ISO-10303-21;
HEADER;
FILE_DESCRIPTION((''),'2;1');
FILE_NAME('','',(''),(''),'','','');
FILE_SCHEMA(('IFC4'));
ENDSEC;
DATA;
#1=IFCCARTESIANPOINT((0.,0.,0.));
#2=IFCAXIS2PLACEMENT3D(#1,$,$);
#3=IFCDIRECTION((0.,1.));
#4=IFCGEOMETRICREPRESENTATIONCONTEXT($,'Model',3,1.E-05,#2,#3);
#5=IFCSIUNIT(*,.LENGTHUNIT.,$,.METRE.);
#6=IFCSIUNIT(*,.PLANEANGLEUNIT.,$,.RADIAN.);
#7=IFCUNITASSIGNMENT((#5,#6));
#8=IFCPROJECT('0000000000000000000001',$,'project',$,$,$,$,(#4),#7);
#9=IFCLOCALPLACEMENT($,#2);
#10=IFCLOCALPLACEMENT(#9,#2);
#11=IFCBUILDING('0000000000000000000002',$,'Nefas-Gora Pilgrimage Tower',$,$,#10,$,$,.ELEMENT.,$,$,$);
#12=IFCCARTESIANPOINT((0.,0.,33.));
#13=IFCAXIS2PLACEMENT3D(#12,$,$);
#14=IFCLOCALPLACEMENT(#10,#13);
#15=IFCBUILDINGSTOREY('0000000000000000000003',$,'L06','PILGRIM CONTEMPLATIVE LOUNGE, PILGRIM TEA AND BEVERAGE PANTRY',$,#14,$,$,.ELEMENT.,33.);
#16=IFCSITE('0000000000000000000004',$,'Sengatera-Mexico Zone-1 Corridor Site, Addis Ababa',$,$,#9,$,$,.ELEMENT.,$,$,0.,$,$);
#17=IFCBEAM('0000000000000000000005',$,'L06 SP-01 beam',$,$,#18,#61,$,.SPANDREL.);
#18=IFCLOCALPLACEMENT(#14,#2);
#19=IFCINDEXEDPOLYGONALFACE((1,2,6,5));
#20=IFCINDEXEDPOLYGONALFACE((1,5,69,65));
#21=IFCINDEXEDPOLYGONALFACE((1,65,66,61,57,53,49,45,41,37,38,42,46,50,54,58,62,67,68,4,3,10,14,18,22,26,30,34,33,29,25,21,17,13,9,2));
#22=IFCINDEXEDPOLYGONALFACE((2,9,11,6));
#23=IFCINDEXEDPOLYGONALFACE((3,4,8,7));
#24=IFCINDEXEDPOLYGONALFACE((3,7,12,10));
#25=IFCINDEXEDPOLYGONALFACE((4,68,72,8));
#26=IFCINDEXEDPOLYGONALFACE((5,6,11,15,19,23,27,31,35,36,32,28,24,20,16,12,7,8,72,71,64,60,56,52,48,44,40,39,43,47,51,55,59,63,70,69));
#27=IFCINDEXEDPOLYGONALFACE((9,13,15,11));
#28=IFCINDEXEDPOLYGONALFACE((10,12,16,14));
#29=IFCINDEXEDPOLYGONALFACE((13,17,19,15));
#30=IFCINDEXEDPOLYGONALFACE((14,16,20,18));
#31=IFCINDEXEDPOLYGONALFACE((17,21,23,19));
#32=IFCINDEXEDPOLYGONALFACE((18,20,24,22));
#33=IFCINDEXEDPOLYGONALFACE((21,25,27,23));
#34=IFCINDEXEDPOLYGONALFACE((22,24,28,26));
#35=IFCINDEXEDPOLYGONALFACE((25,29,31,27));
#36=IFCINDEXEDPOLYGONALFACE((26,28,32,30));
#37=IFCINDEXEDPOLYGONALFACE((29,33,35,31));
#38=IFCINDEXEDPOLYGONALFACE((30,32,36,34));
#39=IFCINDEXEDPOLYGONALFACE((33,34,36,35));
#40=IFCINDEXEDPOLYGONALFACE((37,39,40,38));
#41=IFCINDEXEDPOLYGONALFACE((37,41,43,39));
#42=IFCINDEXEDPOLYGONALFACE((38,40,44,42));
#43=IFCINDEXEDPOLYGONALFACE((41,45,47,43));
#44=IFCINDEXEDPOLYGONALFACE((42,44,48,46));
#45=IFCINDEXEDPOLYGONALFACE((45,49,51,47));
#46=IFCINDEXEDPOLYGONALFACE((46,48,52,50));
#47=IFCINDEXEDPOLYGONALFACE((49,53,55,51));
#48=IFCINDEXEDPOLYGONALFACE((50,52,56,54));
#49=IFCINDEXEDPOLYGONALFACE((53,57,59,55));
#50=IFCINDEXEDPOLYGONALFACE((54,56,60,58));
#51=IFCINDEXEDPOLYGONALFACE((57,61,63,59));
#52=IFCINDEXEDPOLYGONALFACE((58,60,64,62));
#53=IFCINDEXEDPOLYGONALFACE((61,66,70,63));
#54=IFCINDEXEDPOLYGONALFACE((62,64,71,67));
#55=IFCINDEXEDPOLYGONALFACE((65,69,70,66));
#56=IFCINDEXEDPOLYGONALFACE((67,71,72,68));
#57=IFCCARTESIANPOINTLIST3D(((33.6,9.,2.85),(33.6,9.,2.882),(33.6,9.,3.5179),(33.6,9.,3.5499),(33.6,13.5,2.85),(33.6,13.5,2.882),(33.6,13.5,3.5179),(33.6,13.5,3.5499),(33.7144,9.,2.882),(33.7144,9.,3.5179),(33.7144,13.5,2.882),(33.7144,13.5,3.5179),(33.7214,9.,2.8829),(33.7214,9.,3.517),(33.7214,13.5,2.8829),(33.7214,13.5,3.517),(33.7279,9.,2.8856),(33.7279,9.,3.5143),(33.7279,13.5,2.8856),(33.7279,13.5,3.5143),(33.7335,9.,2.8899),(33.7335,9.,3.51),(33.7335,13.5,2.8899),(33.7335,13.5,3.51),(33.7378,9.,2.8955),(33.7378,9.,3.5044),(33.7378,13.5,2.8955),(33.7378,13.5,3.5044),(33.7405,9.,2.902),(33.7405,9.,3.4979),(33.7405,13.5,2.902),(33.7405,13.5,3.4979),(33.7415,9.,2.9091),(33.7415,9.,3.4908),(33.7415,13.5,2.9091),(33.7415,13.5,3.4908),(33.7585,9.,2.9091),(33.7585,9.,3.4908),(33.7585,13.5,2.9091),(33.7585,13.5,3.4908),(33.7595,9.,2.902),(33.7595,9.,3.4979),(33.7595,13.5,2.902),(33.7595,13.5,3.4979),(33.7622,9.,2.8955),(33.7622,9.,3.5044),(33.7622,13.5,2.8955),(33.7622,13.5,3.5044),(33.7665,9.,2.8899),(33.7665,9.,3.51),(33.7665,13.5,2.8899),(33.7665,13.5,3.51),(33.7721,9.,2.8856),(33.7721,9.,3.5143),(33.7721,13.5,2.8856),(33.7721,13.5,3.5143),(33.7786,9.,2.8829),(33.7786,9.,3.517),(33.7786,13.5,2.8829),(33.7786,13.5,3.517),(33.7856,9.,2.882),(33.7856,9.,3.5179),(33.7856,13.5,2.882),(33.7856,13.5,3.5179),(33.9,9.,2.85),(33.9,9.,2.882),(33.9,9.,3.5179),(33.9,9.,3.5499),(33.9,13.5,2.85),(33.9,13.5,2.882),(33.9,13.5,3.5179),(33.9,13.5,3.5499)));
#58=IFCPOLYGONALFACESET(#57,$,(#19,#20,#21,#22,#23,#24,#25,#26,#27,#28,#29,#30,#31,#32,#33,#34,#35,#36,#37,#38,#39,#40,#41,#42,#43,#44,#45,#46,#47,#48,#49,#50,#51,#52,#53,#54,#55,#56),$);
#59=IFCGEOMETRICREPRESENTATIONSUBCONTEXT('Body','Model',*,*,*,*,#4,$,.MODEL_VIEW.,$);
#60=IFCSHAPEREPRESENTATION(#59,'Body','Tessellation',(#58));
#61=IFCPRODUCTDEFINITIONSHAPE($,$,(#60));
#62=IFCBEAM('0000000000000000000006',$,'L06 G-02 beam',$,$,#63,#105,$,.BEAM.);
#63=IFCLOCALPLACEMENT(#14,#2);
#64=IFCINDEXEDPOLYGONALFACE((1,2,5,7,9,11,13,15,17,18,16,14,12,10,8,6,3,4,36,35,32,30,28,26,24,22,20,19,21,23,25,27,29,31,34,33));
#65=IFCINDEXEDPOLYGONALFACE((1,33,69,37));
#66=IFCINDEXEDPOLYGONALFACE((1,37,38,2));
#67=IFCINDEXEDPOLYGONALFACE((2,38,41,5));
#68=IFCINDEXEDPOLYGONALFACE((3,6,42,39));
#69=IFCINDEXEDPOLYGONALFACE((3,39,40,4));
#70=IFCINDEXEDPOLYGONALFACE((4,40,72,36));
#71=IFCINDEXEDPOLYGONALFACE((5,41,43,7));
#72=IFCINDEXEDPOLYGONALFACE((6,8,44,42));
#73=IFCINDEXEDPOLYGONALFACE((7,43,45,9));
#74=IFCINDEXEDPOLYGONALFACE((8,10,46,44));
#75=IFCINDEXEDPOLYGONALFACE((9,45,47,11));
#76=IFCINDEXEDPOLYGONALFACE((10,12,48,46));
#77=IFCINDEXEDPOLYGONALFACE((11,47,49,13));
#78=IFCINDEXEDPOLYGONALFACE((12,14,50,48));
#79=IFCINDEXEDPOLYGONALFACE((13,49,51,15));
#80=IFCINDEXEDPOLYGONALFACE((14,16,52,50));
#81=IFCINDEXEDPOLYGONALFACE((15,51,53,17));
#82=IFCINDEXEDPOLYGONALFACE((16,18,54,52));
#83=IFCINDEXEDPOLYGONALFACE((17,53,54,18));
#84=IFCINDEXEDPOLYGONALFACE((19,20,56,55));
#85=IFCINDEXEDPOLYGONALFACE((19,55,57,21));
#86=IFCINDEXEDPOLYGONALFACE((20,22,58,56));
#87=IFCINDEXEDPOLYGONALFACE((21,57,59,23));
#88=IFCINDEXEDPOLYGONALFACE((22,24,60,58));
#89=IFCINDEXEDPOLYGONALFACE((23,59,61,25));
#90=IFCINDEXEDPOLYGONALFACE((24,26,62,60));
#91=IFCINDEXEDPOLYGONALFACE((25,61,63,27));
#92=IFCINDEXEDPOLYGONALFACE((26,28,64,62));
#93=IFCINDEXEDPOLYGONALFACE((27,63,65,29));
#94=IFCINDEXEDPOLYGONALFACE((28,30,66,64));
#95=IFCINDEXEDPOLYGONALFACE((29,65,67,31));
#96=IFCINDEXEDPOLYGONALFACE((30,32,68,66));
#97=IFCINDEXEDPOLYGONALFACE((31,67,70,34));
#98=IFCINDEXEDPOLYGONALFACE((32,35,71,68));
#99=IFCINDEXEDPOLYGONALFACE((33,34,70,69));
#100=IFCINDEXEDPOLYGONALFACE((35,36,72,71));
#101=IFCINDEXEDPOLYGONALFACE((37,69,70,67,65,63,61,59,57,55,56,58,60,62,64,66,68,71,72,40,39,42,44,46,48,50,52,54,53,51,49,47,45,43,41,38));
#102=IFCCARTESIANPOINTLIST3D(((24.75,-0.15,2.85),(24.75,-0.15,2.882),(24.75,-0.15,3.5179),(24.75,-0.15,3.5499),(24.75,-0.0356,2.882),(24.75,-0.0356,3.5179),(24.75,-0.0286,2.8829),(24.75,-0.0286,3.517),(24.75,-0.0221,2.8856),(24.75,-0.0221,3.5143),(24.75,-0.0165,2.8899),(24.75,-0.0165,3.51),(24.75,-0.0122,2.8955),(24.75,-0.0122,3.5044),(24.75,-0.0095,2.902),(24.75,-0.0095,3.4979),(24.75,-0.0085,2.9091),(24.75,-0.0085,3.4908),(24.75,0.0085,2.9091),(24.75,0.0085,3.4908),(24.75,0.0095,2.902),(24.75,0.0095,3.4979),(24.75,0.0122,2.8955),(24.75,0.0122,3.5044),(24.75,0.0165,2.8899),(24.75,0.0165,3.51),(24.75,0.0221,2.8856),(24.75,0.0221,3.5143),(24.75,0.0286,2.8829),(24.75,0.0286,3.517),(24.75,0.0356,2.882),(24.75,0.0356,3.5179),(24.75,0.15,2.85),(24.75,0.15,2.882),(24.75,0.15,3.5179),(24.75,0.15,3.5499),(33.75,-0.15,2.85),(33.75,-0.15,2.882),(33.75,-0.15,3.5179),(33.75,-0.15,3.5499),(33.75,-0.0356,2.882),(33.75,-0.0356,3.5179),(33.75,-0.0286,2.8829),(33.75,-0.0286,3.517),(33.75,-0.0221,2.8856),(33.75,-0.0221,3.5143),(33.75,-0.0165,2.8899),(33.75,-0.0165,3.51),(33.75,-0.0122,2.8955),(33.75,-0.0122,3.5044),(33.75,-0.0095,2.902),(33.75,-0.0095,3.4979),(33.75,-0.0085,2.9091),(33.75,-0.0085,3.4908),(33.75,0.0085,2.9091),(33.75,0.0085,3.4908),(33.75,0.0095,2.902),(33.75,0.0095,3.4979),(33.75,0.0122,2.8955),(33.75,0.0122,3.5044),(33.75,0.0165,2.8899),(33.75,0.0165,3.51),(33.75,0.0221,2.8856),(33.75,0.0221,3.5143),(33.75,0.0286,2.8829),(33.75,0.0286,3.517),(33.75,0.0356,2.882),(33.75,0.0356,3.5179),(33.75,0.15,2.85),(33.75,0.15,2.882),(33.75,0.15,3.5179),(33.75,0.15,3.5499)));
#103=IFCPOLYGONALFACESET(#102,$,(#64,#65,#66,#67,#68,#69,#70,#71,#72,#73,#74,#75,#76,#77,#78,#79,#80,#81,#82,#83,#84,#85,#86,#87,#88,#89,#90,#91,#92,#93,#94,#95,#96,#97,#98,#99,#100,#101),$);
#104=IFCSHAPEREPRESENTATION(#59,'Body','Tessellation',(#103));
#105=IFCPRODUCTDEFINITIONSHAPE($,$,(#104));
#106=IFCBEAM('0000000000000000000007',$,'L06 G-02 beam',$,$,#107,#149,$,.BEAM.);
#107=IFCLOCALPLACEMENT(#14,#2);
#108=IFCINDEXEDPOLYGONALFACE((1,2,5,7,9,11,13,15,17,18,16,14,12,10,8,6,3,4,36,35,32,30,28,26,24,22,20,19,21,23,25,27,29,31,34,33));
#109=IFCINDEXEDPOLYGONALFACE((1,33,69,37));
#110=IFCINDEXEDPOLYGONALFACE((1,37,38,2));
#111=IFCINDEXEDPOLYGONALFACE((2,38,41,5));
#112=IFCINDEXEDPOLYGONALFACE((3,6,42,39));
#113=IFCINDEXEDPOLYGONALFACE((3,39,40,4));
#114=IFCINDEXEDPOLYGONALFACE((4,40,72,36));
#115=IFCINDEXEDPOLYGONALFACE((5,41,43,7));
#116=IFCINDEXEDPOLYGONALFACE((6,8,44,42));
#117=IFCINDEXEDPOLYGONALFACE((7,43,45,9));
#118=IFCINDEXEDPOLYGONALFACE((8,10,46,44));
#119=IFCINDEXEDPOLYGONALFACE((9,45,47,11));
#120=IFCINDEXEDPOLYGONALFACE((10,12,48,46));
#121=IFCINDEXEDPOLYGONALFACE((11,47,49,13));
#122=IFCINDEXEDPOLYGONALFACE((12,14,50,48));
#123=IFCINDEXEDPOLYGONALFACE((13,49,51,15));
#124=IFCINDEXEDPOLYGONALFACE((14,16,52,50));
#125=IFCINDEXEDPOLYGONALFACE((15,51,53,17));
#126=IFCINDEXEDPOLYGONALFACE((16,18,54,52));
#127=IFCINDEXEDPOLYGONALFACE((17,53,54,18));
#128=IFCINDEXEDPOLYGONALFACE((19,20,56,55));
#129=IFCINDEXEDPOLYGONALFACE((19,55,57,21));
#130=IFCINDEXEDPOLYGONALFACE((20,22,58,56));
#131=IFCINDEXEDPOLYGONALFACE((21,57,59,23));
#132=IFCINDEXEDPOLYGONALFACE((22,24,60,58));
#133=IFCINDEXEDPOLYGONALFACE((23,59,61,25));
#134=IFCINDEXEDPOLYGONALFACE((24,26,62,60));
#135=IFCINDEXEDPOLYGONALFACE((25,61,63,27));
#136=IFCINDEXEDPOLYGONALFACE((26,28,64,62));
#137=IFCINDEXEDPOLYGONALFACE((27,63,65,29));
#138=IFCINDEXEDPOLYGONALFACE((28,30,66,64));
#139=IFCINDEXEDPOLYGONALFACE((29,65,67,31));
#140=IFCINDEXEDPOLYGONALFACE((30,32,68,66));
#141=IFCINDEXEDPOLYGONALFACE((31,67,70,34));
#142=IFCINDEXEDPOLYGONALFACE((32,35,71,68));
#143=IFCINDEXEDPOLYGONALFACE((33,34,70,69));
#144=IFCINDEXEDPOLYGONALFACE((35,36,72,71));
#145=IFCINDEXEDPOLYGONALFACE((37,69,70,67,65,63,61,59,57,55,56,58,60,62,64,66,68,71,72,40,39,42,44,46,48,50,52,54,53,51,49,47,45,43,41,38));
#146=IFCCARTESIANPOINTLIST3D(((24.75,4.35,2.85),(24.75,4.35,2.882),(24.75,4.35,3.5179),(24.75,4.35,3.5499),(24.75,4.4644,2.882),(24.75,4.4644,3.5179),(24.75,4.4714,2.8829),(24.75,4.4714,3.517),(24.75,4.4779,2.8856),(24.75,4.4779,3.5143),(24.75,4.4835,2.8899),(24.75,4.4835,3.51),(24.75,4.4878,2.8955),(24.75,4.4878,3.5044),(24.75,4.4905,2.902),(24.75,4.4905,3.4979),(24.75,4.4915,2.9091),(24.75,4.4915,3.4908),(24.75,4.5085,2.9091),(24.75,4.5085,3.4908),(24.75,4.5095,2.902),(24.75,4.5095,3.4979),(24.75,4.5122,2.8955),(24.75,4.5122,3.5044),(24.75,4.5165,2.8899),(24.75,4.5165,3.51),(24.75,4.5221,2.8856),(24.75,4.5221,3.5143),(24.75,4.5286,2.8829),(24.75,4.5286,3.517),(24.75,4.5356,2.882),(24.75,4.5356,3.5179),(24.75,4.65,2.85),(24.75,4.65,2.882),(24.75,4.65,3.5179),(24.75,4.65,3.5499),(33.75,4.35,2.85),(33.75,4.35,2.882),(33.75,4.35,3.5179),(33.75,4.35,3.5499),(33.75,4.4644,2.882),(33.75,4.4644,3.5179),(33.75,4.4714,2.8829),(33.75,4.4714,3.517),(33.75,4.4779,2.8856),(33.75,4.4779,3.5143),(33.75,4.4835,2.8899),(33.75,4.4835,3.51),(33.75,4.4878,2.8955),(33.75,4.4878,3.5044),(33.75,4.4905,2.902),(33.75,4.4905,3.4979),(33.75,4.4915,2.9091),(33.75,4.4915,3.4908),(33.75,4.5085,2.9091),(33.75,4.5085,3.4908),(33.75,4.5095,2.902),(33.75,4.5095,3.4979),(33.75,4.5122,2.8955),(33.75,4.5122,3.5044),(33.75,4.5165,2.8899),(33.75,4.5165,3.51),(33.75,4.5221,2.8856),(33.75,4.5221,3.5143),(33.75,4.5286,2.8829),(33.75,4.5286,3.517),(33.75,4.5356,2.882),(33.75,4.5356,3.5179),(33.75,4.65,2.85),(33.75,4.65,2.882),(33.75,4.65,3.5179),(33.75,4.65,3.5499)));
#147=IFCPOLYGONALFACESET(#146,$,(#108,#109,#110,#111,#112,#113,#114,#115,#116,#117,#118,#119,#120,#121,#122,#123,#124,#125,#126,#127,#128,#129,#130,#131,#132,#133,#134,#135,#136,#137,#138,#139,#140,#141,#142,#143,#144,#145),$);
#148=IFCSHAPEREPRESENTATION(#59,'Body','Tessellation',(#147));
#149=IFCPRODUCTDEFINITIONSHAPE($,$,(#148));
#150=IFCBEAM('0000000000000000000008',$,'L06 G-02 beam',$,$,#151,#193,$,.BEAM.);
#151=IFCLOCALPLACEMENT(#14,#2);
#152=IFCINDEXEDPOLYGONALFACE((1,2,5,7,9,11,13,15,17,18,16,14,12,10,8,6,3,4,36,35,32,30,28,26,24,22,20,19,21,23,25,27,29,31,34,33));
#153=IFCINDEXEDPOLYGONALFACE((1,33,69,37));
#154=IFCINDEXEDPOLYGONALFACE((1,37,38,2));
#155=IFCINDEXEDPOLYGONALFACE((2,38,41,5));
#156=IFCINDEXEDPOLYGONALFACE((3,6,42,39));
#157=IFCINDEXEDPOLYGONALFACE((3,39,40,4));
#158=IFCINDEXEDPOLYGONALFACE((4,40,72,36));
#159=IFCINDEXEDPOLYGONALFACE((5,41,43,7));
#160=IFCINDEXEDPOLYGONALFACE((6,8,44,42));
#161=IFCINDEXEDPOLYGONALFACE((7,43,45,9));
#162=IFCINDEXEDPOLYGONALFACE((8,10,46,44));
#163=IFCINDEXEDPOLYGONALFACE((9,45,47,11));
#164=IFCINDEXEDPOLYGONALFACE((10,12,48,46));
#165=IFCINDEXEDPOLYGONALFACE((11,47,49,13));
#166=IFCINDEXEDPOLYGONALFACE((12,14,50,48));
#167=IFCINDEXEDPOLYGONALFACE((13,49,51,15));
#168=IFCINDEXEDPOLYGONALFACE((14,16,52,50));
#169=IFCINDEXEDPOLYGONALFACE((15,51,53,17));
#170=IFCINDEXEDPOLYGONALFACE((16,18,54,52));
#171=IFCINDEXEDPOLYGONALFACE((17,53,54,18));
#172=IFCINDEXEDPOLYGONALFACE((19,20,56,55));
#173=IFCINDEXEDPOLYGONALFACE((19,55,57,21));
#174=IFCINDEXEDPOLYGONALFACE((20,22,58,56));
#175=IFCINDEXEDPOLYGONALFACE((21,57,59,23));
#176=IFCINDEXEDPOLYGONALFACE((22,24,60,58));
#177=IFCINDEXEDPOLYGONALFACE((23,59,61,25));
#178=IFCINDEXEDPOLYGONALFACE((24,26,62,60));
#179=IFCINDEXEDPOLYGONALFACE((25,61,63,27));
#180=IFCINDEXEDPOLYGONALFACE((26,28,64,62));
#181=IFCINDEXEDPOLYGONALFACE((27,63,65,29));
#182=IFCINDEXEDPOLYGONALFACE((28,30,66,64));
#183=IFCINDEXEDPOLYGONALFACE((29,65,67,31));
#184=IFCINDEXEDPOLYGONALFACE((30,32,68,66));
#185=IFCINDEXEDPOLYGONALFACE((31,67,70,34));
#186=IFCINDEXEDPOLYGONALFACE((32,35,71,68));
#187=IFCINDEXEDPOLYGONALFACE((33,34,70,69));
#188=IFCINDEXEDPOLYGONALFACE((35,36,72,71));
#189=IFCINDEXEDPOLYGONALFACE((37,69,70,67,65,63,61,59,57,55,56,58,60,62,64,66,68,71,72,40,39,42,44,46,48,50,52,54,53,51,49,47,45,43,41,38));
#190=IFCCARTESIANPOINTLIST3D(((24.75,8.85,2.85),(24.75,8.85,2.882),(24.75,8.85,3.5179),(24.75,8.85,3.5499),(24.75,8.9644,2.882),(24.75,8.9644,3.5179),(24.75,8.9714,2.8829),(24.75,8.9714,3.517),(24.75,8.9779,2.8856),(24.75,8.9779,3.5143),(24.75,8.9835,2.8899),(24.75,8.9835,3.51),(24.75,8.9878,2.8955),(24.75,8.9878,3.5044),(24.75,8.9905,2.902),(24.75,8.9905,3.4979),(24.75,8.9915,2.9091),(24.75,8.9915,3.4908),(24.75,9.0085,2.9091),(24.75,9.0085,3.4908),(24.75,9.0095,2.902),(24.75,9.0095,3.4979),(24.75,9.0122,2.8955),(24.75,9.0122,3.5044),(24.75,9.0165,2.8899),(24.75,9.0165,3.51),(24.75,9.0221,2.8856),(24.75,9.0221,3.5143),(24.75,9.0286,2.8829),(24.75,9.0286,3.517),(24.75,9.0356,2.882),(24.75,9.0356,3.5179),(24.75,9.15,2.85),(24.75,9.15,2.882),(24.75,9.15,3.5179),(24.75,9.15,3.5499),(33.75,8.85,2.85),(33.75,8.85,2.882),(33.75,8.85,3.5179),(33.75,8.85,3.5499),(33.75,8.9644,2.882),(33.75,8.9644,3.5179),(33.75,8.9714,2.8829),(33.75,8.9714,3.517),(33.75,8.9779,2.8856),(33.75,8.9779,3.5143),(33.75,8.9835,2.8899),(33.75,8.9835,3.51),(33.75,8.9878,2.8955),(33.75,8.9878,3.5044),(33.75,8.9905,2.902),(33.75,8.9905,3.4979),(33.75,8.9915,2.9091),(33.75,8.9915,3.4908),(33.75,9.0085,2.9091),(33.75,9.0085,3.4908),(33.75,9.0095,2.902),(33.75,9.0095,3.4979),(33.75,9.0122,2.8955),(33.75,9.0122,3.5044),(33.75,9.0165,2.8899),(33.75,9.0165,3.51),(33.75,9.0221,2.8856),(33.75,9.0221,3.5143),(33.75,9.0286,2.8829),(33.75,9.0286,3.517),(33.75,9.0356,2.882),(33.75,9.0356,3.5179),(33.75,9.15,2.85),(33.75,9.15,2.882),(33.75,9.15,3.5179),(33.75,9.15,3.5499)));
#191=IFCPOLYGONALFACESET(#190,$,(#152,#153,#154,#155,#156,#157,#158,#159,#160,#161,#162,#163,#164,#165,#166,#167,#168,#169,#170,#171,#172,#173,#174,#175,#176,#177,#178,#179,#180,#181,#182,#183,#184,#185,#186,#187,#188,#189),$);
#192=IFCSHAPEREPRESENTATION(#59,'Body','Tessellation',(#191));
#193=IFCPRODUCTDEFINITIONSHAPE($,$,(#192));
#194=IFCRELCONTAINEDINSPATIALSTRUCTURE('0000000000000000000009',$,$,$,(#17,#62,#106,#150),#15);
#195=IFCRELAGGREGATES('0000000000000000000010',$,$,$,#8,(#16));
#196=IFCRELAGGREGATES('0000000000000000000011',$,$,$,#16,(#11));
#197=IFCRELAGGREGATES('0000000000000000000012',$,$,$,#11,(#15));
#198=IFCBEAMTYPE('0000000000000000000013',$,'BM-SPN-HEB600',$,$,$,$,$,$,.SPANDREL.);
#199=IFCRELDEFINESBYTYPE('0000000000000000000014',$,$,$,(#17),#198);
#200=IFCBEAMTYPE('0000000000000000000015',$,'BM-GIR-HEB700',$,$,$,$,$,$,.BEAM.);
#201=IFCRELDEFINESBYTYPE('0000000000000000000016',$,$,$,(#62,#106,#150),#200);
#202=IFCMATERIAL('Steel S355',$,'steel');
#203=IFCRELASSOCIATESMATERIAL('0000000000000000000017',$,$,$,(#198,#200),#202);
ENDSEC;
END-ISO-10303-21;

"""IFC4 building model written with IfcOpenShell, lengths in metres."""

from ifc_helpers import new_model, si_unit, direction, frame, origin, origin_2d, place, context, subcontext, project, spatial, i_section, extrude, source, transform, mapped, material, material_profile, profile_set, type_object, element, save


model = new_model("IFC4")

# Units and contexts
model_context = context("Model", 3, precision=1e-05, world=origin(), true_north=direction((0.0, 1.0)))
body_context = subcontext(model_context, "Body", "Model", "MODEL_VIEW")
ifc_project = project(units=[si_unit("LENGTHUNIT", "METRE"), si_unit("PLANEANGLEUNIT", "RADIAN")], contexts=[model_context])

# Site, building, storey
site_placement = place(None, origin())
site = spatial("IfcSite", under=ifc_project, at=site_placement, Name="Sengatera-Mexico Zone-1 Corridor Site, Addis Ababa", CompositionType="ELEMENT", RefElevation=0.0)
building_placement = place(site_placement, origin())
building = spatial("IfcBuilding", under=site, at=building_placement, Name="Nefas-Gora Pilgrimage Tower", CompositionType="ELEMENT")
storey_placement = place(building_placement, frame((0.0, 0.0, 33.0)))
storey = spatial("IfcBuildingStorey", under=building, at=storey_placement, Name="L06", Description="PILGRIM CONTEMPLATIVE LOUNGE, PILGRIM TEA AND BEVERAGE PANTRY", CompositionType="ELEMENT", Elevation=33.0)

# Beams
ifc_material_1 = material(Name="Steel S355", Category="steel")
ifc_material_profile_1 = material_profile(ifc_material_1, i_section(OverallWidth=0.3, OverallDepth=0.7, WebThickness=0.0171, FlangeThickness=0.032, FilletRadius=0.0271, at=origin_2d()), Name="HEB 700")
ifc_profile_set_1 = profile_set([ifc_material_profile_1], Name="Steel S355")
beam_type_1 = type_object("IfcBeamType", Name="BM-SPN-HEB600", PredefinedType="SPANDREL", material=ifc_profile_set_1)
shared_shape_1 = source(origin(), body_context, "Body", "SweptSolid", [
    extrude(i_section(OverallWidth=0.3, OverallDepth=0.7, WebThickness=0.0171, FlangeThickness=0.032, FilletRadius=0.0271, at=origin_2d()), origin(), (0.0, 0.0, 1.0), 4.5),
])
for number, where, z_axis, x_axis, name in (
    (1, (33.75, 9.0, 3.2), (0.0, 1.0, 0.0), (-1.0, 0.0, 0.0), "L06 SP-01 beam"),
):
    element("IfcBeam", number, at=place(storey_placement, frame(where, z_axis=z_axis, x_axis=x_axis)), inside=storey, type_object=beam_type_1, Name=name, PredefinedType="SPANDREL", context=body_context, shape_type="MappedRepresentation", body=[
        mapped(shared_shape_1, transform((0.0, 0.0, 0.0), x_axis=(1.0, 0.0, 0.0), y_axis=(0.0, 1.0, 0.0), z_axis=(0.0, 0.0, 1.0), scale=1.0)),
    ])
ifc_material_profile_2 = material_profile(ifc_material_1, i_section(OverallWidth=0.3, OverallDepth=0.7, WebThickness=0.0171, FlangeThickness=0.032, FilletRadius=0.0271, at=origin_2d()), Name="HEB 700")
ifc_profile_set_2 = profile_set([ifc_material_profile_2], Name="Steel S355")
beam_type_2 = type_object("IfcBeamType", Name="BM-GIR-HEB700", PredefinedType="BEAM", material=ifc_profile_set_2)
shared_shape_2 = source(origin(), body_context, "Body", "SweptSolid", [
    extrude(i_section(OverallWidth=0.3, OverallDepth=0.7, WebThickness=0.0171, FlangeThickness=0.032, FilletRadius=0.0271, at=origin_2d()), origin(), (0.0, 0.0, 1.0), 9.0),
])
for number, where, z_axis, x_axis, name in (
    (2, (24.75, 0.0, 3.2), (1.0, 0.0, 0.0), (0.0, 1.0, 0.0), "L06 G-02 beam"),
    (3, (24.75, 4.5, 3.2), (1.0, 0.0, 0.0), (0.0, 1.0, 0.0), "L06 G-02 beam"),
    (4, (24.75, 9.0, 3.2), (1.0, 0.0, 0.0), (0.0, 1.0, 0.0), "L06 G-02 beam"),
):
    element("IfcBeam", number, at=place(storey_placement, frame(where, z_axis=z_axis, x_axis=x_axis)), inside=storey, type_object=beam_type_2, Name=name, PredefinedType="BEAM", context=body_context, shape_type="MappedRepresentation", body=[
        mapped(shared_shape_2, transform((0.0, 0.0, 0.0), x_axis=(1.0, 0.0, 0.0), y_axis=(0.0, 1.0, 0.0), z_axis=(0.0, 0.0, 1.0), scale=1.0)),
    ])

save(model, "model.ifc")
